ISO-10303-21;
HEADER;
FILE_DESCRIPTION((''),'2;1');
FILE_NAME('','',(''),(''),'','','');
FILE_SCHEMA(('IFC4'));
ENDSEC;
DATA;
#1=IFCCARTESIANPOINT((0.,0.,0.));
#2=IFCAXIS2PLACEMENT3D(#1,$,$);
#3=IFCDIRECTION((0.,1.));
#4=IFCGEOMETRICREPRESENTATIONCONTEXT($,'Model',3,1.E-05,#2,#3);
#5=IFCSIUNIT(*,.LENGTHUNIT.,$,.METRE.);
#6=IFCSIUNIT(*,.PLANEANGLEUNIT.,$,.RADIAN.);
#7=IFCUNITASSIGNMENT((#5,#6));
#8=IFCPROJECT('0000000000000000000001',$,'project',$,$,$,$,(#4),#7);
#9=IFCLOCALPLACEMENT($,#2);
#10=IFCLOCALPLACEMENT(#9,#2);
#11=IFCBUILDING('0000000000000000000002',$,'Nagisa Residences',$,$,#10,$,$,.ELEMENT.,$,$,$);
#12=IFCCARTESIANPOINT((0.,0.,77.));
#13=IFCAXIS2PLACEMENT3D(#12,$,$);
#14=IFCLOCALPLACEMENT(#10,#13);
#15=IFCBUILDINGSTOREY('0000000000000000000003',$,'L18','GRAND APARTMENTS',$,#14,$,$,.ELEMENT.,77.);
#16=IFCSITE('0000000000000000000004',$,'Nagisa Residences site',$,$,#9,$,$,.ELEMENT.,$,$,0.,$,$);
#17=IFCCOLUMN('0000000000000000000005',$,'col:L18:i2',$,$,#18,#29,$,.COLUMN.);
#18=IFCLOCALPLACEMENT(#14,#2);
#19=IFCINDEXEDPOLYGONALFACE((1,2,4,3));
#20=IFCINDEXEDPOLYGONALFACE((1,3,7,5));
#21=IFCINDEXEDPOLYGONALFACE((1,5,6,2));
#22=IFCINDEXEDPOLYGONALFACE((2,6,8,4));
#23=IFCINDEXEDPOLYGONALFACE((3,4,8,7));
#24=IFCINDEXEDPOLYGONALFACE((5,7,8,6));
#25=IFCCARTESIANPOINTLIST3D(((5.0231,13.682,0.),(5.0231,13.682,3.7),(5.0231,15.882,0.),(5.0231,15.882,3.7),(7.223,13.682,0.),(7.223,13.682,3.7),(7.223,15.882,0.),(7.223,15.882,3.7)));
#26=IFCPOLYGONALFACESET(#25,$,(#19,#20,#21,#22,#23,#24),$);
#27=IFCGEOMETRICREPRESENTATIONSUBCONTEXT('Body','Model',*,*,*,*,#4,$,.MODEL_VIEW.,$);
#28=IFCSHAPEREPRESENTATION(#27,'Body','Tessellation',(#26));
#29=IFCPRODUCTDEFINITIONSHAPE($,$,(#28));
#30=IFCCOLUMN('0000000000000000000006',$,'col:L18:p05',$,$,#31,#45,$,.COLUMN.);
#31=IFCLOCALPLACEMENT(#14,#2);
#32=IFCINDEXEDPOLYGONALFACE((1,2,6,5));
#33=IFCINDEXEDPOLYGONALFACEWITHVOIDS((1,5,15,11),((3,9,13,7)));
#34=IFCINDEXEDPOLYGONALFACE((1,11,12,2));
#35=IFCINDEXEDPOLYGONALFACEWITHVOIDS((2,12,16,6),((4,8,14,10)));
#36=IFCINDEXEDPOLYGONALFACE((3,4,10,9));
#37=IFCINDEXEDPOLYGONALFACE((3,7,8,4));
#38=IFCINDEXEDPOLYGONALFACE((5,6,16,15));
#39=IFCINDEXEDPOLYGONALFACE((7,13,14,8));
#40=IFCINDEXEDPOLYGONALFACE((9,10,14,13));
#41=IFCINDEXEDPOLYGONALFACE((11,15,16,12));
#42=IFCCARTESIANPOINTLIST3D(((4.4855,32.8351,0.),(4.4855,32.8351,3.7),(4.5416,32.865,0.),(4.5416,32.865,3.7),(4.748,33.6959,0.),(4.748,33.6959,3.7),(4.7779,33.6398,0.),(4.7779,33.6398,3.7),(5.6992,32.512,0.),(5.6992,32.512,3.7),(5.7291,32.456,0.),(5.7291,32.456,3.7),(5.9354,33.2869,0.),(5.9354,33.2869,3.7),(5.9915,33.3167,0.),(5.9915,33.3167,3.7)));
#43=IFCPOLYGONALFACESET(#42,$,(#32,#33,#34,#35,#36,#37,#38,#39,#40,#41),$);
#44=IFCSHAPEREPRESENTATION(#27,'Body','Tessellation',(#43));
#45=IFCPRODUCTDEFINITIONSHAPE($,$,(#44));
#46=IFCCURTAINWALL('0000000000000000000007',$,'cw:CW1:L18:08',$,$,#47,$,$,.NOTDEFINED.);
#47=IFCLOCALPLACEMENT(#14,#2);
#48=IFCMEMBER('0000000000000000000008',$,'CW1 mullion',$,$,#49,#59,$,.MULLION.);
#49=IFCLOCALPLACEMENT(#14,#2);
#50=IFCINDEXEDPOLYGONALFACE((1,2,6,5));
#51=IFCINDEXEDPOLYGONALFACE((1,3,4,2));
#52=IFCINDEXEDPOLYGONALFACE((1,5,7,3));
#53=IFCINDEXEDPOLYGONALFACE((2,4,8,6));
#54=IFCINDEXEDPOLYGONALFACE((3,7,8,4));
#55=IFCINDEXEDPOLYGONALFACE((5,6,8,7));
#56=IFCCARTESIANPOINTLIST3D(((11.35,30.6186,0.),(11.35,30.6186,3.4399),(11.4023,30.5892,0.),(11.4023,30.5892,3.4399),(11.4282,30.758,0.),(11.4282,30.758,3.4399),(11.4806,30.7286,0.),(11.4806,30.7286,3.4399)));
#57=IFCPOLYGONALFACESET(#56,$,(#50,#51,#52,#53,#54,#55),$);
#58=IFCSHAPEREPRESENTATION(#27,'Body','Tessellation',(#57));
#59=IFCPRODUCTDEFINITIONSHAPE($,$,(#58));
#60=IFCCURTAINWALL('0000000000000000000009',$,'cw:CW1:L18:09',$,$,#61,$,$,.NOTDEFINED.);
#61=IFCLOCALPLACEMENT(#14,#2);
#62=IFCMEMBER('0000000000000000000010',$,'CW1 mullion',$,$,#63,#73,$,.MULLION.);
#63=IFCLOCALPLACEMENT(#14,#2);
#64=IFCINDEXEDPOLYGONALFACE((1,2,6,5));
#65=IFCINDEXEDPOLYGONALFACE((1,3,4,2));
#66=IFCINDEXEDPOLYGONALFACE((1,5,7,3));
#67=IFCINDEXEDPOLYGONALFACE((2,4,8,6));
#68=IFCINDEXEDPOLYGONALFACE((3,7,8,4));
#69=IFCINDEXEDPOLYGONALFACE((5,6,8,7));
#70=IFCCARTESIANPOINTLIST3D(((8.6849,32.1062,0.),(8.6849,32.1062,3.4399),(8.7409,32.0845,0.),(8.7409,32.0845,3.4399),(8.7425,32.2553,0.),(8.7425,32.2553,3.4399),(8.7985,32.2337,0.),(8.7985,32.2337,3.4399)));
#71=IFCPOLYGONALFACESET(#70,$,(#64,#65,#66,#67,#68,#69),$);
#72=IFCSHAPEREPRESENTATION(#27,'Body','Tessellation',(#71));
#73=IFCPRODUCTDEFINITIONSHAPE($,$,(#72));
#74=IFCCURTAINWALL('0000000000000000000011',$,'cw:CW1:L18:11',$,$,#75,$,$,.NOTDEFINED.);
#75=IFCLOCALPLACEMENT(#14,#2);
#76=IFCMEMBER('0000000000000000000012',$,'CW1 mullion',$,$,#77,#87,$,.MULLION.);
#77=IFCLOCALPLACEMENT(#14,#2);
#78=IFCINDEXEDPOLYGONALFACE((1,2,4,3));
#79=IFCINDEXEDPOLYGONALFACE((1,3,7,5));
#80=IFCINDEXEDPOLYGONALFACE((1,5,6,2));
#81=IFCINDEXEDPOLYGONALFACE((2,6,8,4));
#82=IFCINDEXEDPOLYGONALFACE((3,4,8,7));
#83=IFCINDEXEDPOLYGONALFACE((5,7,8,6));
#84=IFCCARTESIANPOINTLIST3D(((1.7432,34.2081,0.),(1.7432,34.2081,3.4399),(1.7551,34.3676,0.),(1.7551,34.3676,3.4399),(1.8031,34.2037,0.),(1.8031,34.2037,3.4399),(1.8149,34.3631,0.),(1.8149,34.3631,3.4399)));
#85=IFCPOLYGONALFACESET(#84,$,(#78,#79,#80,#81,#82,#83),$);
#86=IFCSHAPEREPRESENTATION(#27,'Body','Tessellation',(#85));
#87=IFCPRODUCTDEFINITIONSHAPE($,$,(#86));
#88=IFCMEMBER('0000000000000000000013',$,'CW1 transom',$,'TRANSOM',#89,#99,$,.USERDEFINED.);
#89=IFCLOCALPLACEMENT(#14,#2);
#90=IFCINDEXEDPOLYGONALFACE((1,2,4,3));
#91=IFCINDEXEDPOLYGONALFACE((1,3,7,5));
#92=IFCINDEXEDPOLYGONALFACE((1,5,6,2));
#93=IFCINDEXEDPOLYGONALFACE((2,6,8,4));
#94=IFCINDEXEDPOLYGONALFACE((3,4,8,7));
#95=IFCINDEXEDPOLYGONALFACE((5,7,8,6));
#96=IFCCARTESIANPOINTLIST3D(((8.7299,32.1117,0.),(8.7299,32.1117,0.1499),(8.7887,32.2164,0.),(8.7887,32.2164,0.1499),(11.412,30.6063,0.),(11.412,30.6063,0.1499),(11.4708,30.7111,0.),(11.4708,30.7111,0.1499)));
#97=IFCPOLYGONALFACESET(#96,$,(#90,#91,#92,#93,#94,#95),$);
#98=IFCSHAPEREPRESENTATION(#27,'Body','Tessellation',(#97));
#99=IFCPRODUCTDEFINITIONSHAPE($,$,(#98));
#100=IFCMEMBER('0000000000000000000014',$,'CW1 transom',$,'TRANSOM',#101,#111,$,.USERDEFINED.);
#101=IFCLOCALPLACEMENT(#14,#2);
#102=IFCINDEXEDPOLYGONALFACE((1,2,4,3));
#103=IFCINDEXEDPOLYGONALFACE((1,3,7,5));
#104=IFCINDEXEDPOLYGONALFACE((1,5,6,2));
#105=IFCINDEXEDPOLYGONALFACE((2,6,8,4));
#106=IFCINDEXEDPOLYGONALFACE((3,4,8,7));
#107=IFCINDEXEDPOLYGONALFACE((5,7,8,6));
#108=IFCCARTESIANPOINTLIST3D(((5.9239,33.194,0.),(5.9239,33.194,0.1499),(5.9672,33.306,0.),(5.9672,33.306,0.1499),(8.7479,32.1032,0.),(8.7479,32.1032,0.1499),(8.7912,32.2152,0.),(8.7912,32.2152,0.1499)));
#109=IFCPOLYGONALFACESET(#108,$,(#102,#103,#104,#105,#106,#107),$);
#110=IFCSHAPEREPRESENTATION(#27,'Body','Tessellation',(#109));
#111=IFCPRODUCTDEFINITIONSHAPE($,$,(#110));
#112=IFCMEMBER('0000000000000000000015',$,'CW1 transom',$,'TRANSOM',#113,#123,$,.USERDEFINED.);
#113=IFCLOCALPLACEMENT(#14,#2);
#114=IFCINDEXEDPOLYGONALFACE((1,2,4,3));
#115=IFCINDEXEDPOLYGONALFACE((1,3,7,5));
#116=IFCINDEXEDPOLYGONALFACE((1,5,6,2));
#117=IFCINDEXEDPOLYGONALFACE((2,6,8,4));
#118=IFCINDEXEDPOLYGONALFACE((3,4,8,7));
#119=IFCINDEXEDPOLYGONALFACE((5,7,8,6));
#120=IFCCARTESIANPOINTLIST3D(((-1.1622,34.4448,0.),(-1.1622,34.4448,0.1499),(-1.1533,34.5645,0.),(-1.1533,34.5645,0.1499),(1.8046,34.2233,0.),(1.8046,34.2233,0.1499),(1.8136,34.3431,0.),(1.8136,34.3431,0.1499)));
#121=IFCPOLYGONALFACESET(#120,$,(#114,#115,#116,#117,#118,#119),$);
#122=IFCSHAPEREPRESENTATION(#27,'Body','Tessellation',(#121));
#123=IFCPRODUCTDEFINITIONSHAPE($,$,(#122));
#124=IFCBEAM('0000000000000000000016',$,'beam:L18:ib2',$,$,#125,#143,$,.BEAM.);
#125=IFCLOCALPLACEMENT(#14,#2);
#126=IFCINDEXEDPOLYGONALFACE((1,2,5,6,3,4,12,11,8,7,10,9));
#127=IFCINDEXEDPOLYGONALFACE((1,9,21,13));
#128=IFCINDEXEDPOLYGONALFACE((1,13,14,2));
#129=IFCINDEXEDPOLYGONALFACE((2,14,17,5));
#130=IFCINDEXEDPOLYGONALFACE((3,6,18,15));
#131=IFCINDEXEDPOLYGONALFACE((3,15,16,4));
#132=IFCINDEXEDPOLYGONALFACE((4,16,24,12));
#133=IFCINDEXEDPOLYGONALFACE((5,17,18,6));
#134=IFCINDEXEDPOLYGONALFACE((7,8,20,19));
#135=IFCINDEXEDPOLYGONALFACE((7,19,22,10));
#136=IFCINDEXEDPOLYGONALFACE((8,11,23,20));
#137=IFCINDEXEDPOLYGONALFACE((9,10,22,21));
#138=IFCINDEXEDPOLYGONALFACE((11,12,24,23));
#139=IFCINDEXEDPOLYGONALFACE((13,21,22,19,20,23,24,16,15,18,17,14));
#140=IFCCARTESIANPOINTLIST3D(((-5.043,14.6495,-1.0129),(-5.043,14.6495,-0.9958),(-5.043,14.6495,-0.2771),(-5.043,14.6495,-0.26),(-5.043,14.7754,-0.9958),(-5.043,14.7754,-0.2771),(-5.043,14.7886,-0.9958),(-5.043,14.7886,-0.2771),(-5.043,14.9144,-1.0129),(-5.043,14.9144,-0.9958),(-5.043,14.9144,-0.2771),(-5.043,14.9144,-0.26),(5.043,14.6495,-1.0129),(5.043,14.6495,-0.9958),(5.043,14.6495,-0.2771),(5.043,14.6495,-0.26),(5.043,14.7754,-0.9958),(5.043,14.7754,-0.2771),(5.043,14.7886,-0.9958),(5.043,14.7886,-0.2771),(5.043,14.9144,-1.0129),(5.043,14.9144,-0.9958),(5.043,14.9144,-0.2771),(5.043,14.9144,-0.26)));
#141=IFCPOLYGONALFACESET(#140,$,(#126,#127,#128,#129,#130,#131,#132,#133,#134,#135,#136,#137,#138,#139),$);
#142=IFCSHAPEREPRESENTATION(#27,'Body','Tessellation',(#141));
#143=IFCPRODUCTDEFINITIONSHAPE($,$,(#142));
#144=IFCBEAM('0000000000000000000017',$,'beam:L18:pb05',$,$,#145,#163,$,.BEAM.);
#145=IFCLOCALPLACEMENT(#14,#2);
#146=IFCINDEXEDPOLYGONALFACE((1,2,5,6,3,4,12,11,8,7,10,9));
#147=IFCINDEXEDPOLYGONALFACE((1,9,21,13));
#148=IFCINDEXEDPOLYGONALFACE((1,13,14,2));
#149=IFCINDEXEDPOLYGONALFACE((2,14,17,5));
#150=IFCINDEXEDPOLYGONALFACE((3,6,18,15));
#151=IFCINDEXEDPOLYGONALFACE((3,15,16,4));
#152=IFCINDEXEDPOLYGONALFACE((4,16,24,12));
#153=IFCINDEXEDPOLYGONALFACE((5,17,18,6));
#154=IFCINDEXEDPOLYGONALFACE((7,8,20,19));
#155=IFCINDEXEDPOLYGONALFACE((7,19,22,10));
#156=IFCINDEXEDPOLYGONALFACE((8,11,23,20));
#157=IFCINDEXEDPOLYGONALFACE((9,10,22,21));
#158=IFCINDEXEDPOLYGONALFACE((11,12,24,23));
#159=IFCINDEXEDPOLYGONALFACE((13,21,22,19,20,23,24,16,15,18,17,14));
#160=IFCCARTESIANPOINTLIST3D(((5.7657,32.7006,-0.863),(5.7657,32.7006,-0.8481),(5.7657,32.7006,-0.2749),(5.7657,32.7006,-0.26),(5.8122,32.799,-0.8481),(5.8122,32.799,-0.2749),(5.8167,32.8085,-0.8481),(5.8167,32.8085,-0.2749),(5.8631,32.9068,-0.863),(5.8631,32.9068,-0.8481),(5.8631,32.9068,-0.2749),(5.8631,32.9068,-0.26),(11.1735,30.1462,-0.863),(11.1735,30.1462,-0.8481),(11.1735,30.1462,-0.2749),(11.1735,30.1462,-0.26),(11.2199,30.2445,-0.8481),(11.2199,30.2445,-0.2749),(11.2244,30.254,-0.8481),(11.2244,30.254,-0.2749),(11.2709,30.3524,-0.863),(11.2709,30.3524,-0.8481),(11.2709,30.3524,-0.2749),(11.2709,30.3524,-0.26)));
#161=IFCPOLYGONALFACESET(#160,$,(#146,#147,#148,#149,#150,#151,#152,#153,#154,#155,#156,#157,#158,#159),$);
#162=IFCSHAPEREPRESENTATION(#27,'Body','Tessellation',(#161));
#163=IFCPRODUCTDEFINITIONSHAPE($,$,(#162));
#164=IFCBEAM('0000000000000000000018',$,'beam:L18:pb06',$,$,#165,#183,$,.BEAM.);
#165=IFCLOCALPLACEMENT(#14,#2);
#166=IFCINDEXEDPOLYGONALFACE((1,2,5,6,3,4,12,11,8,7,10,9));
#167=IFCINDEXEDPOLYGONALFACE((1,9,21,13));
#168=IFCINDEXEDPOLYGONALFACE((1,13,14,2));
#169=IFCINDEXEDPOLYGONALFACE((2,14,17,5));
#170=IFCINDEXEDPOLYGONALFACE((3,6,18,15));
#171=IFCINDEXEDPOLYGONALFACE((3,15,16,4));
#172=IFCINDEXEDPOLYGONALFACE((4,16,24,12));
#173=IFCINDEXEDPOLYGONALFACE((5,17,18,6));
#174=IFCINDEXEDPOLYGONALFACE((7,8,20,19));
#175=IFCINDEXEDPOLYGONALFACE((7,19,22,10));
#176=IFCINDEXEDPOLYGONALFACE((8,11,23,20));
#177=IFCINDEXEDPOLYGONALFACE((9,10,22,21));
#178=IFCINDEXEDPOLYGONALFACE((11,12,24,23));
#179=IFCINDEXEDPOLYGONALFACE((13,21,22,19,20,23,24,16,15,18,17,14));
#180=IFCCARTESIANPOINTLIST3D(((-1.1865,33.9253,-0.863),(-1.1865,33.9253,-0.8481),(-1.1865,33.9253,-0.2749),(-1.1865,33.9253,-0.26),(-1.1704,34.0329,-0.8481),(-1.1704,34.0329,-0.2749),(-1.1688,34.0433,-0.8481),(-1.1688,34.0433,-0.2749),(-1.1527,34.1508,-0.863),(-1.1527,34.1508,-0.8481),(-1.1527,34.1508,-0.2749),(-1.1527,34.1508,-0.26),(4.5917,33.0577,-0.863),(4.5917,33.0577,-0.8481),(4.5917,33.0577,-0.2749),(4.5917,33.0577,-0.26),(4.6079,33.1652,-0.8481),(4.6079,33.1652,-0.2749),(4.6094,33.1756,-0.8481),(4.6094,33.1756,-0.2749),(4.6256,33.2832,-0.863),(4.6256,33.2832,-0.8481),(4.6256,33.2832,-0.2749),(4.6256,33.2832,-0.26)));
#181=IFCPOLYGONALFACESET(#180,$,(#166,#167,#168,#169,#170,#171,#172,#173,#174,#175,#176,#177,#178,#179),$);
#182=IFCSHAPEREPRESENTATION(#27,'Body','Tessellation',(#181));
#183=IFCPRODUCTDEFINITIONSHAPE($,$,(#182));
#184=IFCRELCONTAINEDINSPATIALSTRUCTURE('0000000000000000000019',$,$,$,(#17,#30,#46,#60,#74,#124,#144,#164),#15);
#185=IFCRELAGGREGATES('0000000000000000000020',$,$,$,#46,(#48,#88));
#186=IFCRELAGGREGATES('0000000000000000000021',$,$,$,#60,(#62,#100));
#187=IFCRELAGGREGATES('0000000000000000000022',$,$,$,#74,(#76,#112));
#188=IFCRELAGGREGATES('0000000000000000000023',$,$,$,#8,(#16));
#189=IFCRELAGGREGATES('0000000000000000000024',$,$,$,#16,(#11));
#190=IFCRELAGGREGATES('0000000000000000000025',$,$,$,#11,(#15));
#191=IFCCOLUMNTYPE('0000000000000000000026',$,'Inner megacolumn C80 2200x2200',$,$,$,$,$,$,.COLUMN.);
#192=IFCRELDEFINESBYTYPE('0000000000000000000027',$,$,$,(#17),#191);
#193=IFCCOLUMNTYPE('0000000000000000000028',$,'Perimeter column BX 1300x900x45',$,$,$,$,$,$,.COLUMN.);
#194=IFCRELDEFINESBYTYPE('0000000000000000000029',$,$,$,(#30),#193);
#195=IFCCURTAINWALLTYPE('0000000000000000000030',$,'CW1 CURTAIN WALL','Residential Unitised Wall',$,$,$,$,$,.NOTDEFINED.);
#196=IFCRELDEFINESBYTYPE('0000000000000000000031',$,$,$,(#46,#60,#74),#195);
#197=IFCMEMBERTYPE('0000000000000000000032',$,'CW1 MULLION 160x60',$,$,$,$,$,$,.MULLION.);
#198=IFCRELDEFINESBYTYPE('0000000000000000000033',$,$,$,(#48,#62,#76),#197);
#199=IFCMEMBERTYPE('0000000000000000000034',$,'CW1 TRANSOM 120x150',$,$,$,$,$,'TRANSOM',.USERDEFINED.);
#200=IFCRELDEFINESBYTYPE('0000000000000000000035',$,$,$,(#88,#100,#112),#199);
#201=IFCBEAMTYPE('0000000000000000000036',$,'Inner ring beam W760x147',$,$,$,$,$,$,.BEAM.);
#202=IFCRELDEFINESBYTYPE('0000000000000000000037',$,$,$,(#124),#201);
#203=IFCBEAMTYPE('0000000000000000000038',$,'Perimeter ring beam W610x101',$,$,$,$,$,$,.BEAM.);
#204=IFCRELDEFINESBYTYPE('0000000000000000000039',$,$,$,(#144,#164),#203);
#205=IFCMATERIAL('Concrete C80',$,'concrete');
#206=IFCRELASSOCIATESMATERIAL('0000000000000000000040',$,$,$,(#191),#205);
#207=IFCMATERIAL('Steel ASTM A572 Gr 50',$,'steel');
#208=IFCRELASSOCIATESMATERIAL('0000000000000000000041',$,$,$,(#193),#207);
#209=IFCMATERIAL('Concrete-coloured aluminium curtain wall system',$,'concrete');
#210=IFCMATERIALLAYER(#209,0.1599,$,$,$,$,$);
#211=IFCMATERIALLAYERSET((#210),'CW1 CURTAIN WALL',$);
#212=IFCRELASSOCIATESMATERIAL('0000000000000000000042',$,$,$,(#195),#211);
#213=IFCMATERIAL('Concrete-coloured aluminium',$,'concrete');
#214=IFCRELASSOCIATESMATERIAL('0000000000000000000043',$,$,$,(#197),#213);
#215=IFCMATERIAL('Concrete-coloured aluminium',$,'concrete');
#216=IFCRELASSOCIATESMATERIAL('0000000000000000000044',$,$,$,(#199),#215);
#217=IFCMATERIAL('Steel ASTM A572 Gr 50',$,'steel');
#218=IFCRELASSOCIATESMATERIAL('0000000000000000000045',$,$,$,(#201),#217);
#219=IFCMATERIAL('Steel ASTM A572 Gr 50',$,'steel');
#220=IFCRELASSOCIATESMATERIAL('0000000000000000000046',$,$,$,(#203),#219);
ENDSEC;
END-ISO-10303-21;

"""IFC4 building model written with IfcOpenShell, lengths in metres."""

from ifc_helpers import new_model, si_unit, direction, frame, origin, origin_2d, place, context, subcontext, project, spatial, rectangle, hollow_rectangle, i_section, extrude, material, layer, layer_set, material_profile, profile_set, type_object, element, aggregate, save


model = new_model("IFC4")

# Units and contexts
model_context = context("Model", 3, precision=1e-05, world=origin(), true_north=direction((0.0, 1.0)))
body_context = subcontext(model_context, "Body", "Model", "MODEL_VIEW")
ifc_project = project(units=[si_unit("LENGTHUNIT", "METRE"), si_unit("PLANEANGLEUNIT", "RADIAN")], contexts=[model_context])

# Site, building, storey
site_placement = place(None, origin())
site = spatial("IfcSite", under=ifc_project, at=site_placement, Name="Nagisa Residences site", CompositionType="ELEMENT", RefElevation=0.0)
building_placement = place(site_placement, origin())
building = spatial("IfcBuilding", under=site, at=building_placement, Name="Nagisa Residences", CompositionType="ELEMENT")
storey_placement = place(building_placement, frame((0.0, 0.0, 77.0)))
storey = spatial("IfcBuildingStorey", under=building, at=storey_placement, Name="L18", Description="GRAND APARTMENTS", CompositionType="ELEMENT", Elevation=77.0)

# Columns
ifc_material_1 = material(Name="Concrete C80", Category="concrete")
ifc_material_profile_1 = material_profile(ifc_material_1, rectangle(XDim=2.2, YDim=2.2, at=origin_2d()), Name="C80 2200x2200")
ifc_profile_set_1 = profile_set([ifc_material_profile_1], Name="Concrete C80")
column_type_1 = type_object("IfcColumnType", Name="Inner megacolumn C80 2200x2200", PredefinedType="COLUMN", material=ifc_profile_set_1)
column_1_placement = place(storey_placement, frame((6.123, 14.782, 0.0), z_axis=(0.0, 0.0, 1.0), x_axis=(1.0, 0.0, 0.0)))
element("IfcColumn", 1, at=column_1_placement, inside=storey, type_object=column_type_1, Name="col:L18:i2", PredefinedType="COLUMN", context=body_context, shape_type="SweptSolid", body=[
    extrude(rectangle(XDim=2.2, YDim=2.2, at=origin_2d()), origin(), (0.0, 0.0, 1.0), 3.7),
])
ifc_material_2 = material(Name="Steel ASTM A572 Gr 50", Category="steel")
ifc_material_profile_2 = material_profile(ifc_material_2, hollow_rectangle(XDim=1.3, YDim=0.8999, WallThickness=0.0449, at=origin_2d()), Name="BX 1300x900x45")
ifc_profile_set_2 = profile_set([ifc_material_profile_2], Name="Steel ASTM A572 Gr 50")
column_type_2 = type_object("IfcColumnType", Name="Perimeter column BX 1300x900x45", PredefinedType="COLUMN", material=ifc_profile_set_2)
column_2_placement = place(storey_placement, frame((5.2385, 33.0759, 0.0), z_axis=(0.0, 0.0, 1.0), x_axis=(-0.956525, 0.291652, 0.0)))
element("IfcColumn", 2, at=column_2_placement, inside=storey, type_object=column_type_2, Name="col:L18:p05", PredefinedType="COLUMN", context=body_context, shape_type="SweptSolid", body=[
    extrude(hollow_rectangle(XDim=1.3, YDim=0.8999, WallThickness=0.0449, at=origin_2d()), origin(), (0.0, 0.0, 1.0), 3.7),
])

# Curtain walls, members
ifc_material_3 = material(Name="Concrete-coloured aluminium curtain wall system", Category="concrete")
ifc_layer_1 = layer(ifc_material_3, 0.1599)
ifc_layer_set_1 = layer_set([ifc_layer_1], Name="CW1 CURTAIN WALL")
curtain_wall_type = type_object("IfcCurtainWallType", Name="CW1 CURTAIN WALL", Description="Residential Unitised Wall", PredefinedType="NOTDEFINED", material=ifc_layer_set_1)
curtain_wall_1_placement = place(storey_placement, origin())
curtain_wall_1 = element("IfcCurtainWall", 3, at=curtain_wall_1_placement, inside=storey, type_object=curtain_wall_type, Name="cw:CW1:L18:08", PredefinedType="NOTDEFINED")
ifc_material_4 = material(Name="Concrete-coloured aluminium", Category="concrete")
ifc_material_profile_3 = material_profile(ifc_material_4, rectangle(XDim=0.1599, YDim=0.0601, at=origin_2d()), Name="CW1 MULLION 160x60")
ifc_profile_set_3 = profile_set([ifc_material_profile_3], Name="Concrete-coloured aluminium")
member_type_1 = type_object("IfcMemberType", Name="CW1 MULLION 160x60", PredefinedType="MULLION", material=ifc_profile_set_3)
member_1_placement = place(storey_placement, frame((11.4153, 30.6736, 0.0), z_axis=(0.0, 0.0, 1.0), x_axis=(-0.489377, -0.872072, 0.0)))
member_1 = element("IfcMember", 4, at=member_1_placement, type_object=member_type_1, Name="CW1 mullion", PredefinedType="MULLION", context=body_context, shape_type="SweptSolid", body=[
    extrude(rectangle(XDim=0.1599, YDim=0.0601, at=origin_2d()), origin(), (0.0, 0.0, 1.0), 3.4399),
])
curtain_wall_2_placement = place(storey_placement, origin())
curtain_wall_2 = element("IfcCurtainWall", 5, at=curtain_wall_2_placement, inside=storey, type_object=curtain_wall_type, Name="cw:CW1:L18:09", PredefinedType="NOTDEFINED")
member_2_placement = place(storey_placement, frame((8.7417, 32.1699, 0.0), z_axis=(0.0, 0.0, 1.0), x_axis=(-0.360328, -0.932826, 0.0)))
member_2 = element("IfcMember", 6, at=member_2_placement, type_object=member_type_1, Name="CW1 mullion", PredefinedType="MULLION", context=body_context, shape_type="SweptSolid", body=[
    extrude(rectangle(XDim=0.1599, YDim=0.0601, at=origin_2d()), origin(), (0.0, 0.0, 1.0), 3.4399),
])
curtain_wall_3_placement = place(storey_placement, origin())
curtain_wall_3 = element("IfcCurtainWall", 7, at=curtain_wall_3_placement, inside=storey, type_object=curtain_wall_type, Name="cw:CW1:L18:11", PredefinedType="NOTDEFINED")
member_3_placement = place(storey_placement, frame((1.7791, 34.2856, 0.0), z_axis=(0.0, 0.0, 1.0), x_axis=(-0.074377, -0.99723, 0.0)))
member_3 = element("IfcMember", 8, at=member_3_placement, type_object=member_type_1, Name="CW1 mullion", PredefinedType="MULLION", context=body_context, shape_type="SweptSolid", body=[
    extrude(rectangle(XDim=0.1599, YDim=0.0601, at=origin_2d()), origin(), (0.0, 0.0, 1.0), 3.4399),
])

# Members
ifc_material_5 = material(Name="Concrete-coloured aluminium", Category="concrete")
ifc_material_profile_4 = material_profile(ifc_material_5, rectangle(XDim=0.1201, YDim=0.1499, at=origin_2d()), Name="CW1 TRANSOM 120x150")
ifc_profile_set_4 = profile_set([ifc_material_profile_4], Name="Concrete-coloured aluminium")
member_type_2 = type_object("IfcMemberType", Name="CW1 TRANSOM 120x150", ElementType="TRANSOM", PredefinedType="USERDEFINED", material=ifc_profile_set_4)
member_4_placement = place(storey_placement, frame((11.4414, 30.6587, 0.075), z_axis=(-0.872037, 0.489439, 0.0), x_axis=(-0.489439, -0.872037, 0.0)))
member_4 = element("IfcMember", 9, at=member_4_placement, type_object=member_type_2, Name="CW1 transom", ObjectType="TRANSOM", PredefinedType="USERDEFINED", context=body_context, shape_type="SweptSolid", body=[
    extrude(rectangle(XDim=0.1201, YDim=0.1499, at=origin_2d()), origin(), (0.0, 0.0, 1.0), 3.0757),
])
member_5_placement = place(storey_placement, frame((8.7695, 32.1592, 0.075), z_axis=(-0.932827, 0.360324, 0.0), x_axis=(-0.360324, -0.932827, 0.0)))
member_5 = element("IfcMember", 10, at=member_5_placement, type_object=member_type_2, Name="CW1 transom", ObjectType="TRANSOM", PredefinedType="USERDEFINED", context=body_context, shape_type="SweptSolid", body=[
    extrude(rectangle(XDim=0.1201, YDim=0.1499, at=origin_2d()), origin(), (0.0, 0.0, 1.0), 3.0273),
])
member_6_placement = place(storey_placement, frame((1.8091, 34.2832, 0.075), z_axis=(-0.997226, 0.074431, 0.0), x_axis=(-0.074431, -0.997226, 0.0)))
member_6 = element("IfcMember", 11, at=member_6_placement, type_object=member_type_2, Name="CW1 transom", ObjectType="TRANSOM", PredefinedType="USERDEFINED", context=body_context, shape_type="SweptSolid", body=[
    extrude(rectangle(XDim=0.1201, YDim=0.1499, at=origin_2d()), origin(), (0.0, 0.0, 1.0), 2.9751),
])

# Beams
ifc_material_6 = material(Name="Steel ASTM A572 Gr 50", Category="steel")
ifc_material_profile_5 = material_profile(ifc_material_6, i_section(OverallWidth=0.2649, OverallDepth=0.7529, WebThickness=0.0132, FlangeThickness=0.0171, at=origin_2d()), Name="W760x147")
ifc_profile_set_5 = profile_set([ifc_material_profile_5], Name="Steel ASTM A572 Gr 50")
beam_type_1 = type_object("IfcBeamType", Name="Inner ring beam W760x147", PredefinedType="BEAM", material=ifc_profile_set_5)
beam_1_placement = place(storey_placement, frame((5.043, 14.782, -0.6365), z_axis=(-1.0, 0.0, 0.0), x_axis=(0.0, -1.0, 0.0)))
element("IfcBeam", 12, at=beam_1_placement, inside=storey, type_object=beam_type_1, Name="beam:L18:ib2", PredefinedType="BEAM", context=body_context, shape_type="SweptSolid", body=[
    extrude(i_section(OverallWidth=0.2649, OverallDepth=0.7529, WebThickness=0.0132, FlangeThickness=0.0171, at=origin_2d()), origin(), (0.0, 0.0, 1.0), 10.0859),
])
ifc_material_7 = material(Name="Steel ASTM A572 Gr 50", Category="steel")
ifc_material_profile_6 = material_profile(ifc_material_7, i_section(OverallWidth=0.228, OverallDepth=0.603, WebThickness=0.0105, FlangeThickness=0.0149, at=origin_2d()), Name="W610x101")
ifc_profile_set_6 = profile_set([ifc_material_profile_6], Name="Steel ASTM A572 Gr 50")
beam_type_2 = type_object("IfcBeamType", Name="Perimeter ring beam W610x101", PredefinedType="BEAM", material=ifc_profile_set_6)
beam_2_placement = place(storey_placement, frame((11.2222, 30.2493, -0.5615), z_axis=(-0.904197, 0.427116, 0.0), x_axis=(-0.427116, -0.904197, 0.0)))
element("IfcBeam", 13, at=beam_2_placement, inside=storey, type_object=beam_type_2, Name="beam:L18:pb05", PredefinedType="BEAM", context=body_context, shape_type="SweptSolid", body=[
    extrude(i_section(OverallWidth=0.228, OverallDepth=0.603, WebThickness=0.0105, FlangeThickness=0.0149, at=origin_2d()), origin(), (0.0, 0.0, 1.0), 5.9807),
])
beam_3_placement = place(storey_placement, frame((4.6086, 33.1704, -0.5615), z_axis=(-0.988913, 0.148496, 0.0), x_axis=(-0.148496, -0.988913, 0.0)))
element("IfcBeam", 14, at=beam_3_placement, inside=storey, type_object=beam_type_2, Name="beam:L18:pb06", PredefinedType="BEAM", context=body_context, shape_type="SweptSolid", body=[
    extrude(i_section(OverallWidth=0.228, OverallDepth=0.603, WebThickness=0.0105, FlangeThickness=0.0149, at=origin_2d()), origin(), (0.0, 0.0, 1.0), 5.843),
])

aggregate(curtain_wall_1, [member_1, member_4])
aggregate(curtain_wall_2, [member_2, member_5])
aggregate(curtain_wall_3, [member_3, member_6])

save(model, "model.ifc")
